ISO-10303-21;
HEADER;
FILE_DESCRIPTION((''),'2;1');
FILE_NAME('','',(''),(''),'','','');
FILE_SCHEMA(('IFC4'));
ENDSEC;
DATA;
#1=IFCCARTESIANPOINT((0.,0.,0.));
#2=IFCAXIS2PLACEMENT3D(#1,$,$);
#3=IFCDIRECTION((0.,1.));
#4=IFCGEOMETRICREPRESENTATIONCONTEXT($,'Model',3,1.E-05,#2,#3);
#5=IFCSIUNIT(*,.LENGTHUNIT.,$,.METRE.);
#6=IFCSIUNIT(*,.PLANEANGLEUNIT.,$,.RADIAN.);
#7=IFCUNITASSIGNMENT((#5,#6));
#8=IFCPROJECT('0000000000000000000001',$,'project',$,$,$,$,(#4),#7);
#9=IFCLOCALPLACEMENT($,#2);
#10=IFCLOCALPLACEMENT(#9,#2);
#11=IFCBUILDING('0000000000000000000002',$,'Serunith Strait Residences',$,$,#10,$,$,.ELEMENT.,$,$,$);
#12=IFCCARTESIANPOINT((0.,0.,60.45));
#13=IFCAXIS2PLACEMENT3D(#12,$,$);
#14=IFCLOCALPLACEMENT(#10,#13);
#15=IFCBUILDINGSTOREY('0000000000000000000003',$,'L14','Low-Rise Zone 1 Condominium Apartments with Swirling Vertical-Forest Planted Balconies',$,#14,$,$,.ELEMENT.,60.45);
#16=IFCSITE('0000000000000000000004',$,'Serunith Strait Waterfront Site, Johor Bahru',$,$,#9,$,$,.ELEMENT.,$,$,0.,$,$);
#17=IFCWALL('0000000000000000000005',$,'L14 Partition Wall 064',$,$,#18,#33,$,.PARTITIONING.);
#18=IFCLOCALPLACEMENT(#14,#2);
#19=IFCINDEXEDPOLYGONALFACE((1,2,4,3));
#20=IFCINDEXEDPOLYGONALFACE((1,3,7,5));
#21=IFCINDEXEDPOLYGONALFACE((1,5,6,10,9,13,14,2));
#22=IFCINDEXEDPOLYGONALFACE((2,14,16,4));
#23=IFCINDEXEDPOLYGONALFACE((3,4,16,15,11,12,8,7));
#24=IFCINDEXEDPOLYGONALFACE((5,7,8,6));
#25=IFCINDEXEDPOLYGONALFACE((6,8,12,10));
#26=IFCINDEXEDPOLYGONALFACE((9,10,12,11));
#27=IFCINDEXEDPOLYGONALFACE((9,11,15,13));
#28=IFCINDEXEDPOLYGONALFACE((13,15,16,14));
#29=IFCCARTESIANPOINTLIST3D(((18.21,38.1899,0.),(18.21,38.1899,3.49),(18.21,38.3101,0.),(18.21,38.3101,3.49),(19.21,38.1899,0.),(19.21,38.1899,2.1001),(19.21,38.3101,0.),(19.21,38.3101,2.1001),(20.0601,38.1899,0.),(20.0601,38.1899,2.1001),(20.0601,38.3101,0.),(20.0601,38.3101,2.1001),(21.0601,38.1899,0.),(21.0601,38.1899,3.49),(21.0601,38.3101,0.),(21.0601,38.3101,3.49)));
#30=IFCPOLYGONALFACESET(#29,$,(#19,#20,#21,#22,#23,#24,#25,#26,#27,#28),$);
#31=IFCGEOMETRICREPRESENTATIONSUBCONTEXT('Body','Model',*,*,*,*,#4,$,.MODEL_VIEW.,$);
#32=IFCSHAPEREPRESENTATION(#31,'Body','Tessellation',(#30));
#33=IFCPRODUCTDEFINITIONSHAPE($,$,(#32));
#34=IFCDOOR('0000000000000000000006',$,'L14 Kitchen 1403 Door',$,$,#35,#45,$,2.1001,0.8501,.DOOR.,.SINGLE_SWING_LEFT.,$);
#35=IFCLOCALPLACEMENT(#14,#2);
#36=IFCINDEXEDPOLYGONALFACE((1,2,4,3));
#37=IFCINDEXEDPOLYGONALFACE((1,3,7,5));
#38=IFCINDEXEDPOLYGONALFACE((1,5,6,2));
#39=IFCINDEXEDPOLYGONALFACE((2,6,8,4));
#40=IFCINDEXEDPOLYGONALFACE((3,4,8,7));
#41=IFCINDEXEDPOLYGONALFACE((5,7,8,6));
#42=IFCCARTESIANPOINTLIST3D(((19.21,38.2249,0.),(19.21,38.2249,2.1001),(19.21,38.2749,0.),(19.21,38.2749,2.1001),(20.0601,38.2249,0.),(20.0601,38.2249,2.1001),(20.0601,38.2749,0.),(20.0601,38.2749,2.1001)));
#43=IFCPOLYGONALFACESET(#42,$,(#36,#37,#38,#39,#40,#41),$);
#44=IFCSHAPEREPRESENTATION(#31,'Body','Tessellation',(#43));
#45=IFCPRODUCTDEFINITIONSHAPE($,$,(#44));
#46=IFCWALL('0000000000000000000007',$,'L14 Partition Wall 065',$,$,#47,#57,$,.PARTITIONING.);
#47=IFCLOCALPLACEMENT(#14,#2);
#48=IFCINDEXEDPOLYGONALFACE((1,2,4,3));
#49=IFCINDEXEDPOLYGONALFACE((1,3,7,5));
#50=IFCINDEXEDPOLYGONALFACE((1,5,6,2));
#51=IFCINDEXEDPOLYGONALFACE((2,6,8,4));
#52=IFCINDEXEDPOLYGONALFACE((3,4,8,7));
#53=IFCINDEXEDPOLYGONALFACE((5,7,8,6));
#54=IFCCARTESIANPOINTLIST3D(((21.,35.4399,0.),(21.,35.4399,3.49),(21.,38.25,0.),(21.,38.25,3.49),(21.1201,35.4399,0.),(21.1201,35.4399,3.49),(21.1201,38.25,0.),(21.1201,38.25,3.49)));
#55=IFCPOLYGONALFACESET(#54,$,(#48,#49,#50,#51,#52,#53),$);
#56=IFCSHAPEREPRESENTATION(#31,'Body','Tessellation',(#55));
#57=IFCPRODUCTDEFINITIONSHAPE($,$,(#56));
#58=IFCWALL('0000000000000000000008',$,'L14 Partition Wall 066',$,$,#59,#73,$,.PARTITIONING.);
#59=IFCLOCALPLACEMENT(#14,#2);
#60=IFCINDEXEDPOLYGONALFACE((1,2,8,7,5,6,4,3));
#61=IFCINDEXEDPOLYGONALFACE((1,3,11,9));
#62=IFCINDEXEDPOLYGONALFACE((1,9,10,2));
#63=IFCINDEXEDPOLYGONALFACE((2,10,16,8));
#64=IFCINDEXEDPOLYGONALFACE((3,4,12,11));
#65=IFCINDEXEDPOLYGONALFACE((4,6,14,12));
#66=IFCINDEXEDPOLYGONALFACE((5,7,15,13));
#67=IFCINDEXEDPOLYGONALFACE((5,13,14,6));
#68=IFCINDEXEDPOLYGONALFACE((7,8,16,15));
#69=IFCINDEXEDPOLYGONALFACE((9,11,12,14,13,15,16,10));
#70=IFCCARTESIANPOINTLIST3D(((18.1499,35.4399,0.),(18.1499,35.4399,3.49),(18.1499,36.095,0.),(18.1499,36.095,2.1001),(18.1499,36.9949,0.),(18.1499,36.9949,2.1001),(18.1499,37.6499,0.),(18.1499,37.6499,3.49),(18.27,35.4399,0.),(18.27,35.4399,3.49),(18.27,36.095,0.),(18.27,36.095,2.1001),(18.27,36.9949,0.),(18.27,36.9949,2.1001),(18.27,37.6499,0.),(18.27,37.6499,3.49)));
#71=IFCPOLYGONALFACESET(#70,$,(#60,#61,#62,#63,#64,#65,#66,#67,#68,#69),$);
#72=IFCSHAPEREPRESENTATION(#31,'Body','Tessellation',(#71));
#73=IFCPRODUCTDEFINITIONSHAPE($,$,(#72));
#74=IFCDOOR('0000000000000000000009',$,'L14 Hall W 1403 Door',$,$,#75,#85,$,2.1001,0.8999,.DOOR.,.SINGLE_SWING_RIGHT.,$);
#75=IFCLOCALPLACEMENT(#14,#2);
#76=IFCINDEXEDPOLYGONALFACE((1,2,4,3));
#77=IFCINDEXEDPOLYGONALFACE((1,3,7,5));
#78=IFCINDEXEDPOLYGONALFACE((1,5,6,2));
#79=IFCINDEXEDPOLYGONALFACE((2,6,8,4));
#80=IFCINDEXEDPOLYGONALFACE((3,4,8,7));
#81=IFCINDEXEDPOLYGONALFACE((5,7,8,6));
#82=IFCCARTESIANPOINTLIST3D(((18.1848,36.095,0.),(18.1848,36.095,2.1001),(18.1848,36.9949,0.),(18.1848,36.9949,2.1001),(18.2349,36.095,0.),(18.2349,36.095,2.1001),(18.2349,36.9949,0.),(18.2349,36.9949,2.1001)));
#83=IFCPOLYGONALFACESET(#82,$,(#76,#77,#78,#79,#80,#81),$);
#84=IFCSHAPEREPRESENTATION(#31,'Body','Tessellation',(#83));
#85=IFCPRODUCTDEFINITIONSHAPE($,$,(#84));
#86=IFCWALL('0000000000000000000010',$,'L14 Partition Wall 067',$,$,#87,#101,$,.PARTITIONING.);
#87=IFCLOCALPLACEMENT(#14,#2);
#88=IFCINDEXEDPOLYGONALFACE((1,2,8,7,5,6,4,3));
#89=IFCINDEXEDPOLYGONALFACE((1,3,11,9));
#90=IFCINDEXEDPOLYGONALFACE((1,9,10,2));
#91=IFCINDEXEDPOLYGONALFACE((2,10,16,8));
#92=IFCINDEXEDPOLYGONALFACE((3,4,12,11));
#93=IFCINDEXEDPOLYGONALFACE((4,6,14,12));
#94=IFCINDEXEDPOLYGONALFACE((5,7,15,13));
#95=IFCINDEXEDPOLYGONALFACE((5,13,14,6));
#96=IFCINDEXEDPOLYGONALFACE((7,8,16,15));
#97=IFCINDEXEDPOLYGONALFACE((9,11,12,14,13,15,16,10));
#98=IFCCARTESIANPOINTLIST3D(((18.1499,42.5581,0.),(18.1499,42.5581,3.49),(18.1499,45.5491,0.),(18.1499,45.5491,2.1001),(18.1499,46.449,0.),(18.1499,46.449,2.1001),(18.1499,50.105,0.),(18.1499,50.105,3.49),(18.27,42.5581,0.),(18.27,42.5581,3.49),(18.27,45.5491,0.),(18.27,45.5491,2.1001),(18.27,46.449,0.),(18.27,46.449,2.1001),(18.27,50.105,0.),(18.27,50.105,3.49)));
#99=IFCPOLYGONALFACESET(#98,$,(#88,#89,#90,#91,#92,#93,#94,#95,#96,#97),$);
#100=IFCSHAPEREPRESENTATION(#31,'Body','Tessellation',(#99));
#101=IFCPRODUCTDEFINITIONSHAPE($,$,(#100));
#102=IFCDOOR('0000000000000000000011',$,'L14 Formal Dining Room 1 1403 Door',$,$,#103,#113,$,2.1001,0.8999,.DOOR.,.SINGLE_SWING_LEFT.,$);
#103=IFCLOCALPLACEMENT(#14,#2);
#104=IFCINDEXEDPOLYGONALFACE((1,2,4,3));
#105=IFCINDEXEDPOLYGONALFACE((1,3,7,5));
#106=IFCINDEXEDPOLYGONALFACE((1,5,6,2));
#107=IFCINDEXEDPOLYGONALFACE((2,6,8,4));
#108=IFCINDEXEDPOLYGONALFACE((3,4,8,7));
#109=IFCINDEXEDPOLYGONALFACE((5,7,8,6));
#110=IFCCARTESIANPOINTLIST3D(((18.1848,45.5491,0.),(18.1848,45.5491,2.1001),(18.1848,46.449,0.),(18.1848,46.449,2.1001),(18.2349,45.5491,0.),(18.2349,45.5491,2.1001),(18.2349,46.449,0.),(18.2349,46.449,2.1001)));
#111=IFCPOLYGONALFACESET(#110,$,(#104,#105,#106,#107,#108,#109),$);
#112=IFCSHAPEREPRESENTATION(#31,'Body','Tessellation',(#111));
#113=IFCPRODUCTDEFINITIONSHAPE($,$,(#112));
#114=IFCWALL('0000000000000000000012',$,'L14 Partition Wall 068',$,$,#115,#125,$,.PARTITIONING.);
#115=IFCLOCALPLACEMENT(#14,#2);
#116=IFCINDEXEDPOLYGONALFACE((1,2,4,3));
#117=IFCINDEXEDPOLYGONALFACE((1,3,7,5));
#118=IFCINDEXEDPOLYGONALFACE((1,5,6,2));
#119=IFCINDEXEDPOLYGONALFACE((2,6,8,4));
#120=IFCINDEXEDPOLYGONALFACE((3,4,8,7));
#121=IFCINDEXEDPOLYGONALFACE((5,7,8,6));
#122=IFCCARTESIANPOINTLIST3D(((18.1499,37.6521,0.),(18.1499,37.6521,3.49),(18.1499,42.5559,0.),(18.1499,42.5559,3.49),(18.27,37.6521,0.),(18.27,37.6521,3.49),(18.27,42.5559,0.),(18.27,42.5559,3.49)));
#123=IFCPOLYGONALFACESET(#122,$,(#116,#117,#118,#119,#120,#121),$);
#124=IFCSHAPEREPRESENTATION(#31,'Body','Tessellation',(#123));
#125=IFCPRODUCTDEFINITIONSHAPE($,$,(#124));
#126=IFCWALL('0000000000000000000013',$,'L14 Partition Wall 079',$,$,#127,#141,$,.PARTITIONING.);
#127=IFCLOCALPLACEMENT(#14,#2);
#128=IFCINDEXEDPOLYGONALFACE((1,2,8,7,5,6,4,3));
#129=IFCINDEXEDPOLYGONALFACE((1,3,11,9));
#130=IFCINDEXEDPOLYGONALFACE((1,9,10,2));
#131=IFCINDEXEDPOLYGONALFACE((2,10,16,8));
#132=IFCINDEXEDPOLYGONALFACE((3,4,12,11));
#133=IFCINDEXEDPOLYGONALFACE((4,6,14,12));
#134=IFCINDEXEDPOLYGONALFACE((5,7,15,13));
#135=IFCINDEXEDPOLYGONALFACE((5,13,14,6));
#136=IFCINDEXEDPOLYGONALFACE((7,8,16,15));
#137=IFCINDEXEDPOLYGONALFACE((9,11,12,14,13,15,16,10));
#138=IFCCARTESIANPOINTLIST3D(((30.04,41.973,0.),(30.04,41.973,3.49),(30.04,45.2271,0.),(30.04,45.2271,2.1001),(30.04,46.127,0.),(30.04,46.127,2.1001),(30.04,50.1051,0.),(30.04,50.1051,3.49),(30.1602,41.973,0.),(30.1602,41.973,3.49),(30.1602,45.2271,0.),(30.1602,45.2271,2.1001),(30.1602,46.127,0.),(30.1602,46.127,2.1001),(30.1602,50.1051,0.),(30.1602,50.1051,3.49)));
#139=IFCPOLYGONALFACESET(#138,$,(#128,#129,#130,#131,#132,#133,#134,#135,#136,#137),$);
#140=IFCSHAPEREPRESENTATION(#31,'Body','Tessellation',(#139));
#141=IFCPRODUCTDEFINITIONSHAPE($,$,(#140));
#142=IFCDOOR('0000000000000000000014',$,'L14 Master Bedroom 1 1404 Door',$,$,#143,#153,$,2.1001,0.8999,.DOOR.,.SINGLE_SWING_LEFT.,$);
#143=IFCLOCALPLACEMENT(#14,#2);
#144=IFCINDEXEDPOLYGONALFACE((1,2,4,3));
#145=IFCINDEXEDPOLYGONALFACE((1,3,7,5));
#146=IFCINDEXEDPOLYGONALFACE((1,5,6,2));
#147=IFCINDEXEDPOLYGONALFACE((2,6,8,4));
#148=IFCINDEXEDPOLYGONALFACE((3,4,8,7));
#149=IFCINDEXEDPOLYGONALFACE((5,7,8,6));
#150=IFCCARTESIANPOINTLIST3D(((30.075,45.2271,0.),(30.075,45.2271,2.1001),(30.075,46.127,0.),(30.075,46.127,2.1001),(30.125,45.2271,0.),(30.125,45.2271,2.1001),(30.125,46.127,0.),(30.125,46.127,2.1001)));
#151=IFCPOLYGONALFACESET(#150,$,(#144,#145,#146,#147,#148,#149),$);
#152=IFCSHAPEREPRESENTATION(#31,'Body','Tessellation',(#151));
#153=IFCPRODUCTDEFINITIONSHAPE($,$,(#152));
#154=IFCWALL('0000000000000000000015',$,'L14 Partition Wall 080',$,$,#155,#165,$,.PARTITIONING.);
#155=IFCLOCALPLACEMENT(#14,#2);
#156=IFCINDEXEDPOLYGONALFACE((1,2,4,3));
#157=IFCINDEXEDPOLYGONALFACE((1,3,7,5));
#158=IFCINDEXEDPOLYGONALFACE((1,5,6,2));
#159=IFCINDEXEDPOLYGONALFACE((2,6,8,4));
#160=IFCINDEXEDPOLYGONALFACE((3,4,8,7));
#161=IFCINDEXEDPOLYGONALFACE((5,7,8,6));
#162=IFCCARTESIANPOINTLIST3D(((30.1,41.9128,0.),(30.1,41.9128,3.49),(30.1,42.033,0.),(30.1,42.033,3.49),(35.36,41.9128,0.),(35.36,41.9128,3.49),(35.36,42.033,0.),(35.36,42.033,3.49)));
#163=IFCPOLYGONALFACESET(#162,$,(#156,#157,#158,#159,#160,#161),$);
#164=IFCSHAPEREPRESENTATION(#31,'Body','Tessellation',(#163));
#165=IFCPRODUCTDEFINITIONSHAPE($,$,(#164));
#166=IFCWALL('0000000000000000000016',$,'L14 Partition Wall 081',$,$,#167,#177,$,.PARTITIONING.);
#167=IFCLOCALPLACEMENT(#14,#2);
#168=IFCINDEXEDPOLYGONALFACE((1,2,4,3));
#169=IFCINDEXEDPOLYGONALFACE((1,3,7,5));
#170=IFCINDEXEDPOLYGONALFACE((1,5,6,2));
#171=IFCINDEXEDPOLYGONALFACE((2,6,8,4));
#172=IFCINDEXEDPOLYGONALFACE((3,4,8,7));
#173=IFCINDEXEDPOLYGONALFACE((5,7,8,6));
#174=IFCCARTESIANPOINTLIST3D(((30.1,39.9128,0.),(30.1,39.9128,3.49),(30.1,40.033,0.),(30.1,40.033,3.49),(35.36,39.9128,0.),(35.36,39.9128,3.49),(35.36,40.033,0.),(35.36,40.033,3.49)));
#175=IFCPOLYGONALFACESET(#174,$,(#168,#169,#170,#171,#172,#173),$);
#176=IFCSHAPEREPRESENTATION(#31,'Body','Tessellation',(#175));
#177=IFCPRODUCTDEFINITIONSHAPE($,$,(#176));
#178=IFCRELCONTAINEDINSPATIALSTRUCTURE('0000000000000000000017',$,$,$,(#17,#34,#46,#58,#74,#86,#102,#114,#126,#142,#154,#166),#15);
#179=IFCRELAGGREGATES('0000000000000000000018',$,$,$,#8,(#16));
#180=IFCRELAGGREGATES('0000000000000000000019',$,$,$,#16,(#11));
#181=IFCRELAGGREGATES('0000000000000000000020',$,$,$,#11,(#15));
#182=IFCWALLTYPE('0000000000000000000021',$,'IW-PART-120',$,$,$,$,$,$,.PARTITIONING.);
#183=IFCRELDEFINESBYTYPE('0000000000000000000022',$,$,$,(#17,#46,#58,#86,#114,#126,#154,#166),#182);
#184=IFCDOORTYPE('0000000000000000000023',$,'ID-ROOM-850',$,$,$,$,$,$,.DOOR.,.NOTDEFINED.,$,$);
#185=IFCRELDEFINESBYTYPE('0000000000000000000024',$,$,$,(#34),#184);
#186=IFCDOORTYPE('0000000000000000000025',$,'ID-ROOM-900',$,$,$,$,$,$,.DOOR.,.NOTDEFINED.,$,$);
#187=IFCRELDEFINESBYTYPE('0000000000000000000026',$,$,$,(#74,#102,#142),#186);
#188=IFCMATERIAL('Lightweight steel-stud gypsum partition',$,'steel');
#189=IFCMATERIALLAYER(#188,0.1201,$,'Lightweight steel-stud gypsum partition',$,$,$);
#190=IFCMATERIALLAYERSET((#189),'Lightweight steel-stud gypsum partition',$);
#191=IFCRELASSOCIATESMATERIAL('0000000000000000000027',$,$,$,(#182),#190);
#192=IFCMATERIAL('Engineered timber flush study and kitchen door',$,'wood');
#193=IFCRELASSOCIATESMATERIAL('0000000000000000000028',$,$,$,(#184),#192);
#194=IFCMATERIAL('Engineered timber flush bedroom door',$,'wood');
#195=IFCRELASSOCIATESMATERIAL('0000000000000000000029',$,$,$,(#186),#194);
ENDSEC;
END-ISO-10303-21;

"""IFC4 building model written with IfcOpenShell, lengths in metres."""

from ifc_helpers import new_model, si_unit, direction, frame, frame_2d, origin, place, context, subcontext, project, spatial, rectangle, extrude, source, transform, mapped, material, layer, layer_set, type_object, element, fill, save


model = new_model("IFC4")

# Units and contexts
model_context = context("Model", 3, precision=1e-05, world=origin(), true_north=direction((0.0, 1.0)))
body_context = subcontext(model_context, "Body", "Model", "MODEL_VIEW")
ifc_project = project(units=[si_unit("LENGTHUNIT", "METRE"), si_unit("PLANEANGLEUNIT", "RADIAN")], contexts=[model_context])

# Site, building, storey
site_placement = place(None, origin())
site = spatial("IfcSite", under=ifc_project, at=site_placement, Name="Serunith Strait Waterfront Site, Johor Bahru", CompositionType="ELEMENT", RefElevation=0.0)
building_placement = place(site_placement, origin())
building = spatial("IfcBuilding", under=site, at=building_placement, Name="Serunith Strait Residences", CompositionType="ELEMENT")
storey_placement = place(building_placement, frame((0.0, 0.0, 60.45)))
storey = spatial("IfcBuildingStorey", under=building, at=storey_placement, Name="L14", Description="Low-Rise Zone 1 Condominium Apartments with Swirling Vertical-Forest Planted Balconies", CompositionType="ELEMENT", Elevation=60.45)

# Wall, opening, door
ifc_material_1 = material(Name="Lightweight steel-stud gypsum partition", Category="steel")
ifc_layer_1 = layer(ifc_material_1, 0.1201, Name="Lightweight steel-stud gypsum partition")
ifc_layer_set_1 = layer_set([ifc_layer_1], Name="Lightweight steel-stud gypsum partition")
wall_type_1 = type_object("IfcWallType", Name="IW-PART-120", PredefinedType="PARTITIONING", material=ifc_layer_set_1)
wall_1_placement = place(storey_placement, frame((18.21, 38.25, 0.0), z_axis=(0.0, 0.0, 1.0), x_axis=(1.0, 0.0, 0.0)))
wall_1 = element("IfcWall", 1, at=wall_1_placement, inside=storey, type_object=wall_type_1, Name="L14 Partition Wall 064", PredefinedType="PARTITIONING", context=body_context, shape_type="SweptSolid", body=[
    extrude(rectangle(XDim=2.8501, YDim=0.1201, at=frame_2d((1.425, 0.0))), origin(), (0.0, 0.0, 1.0), 3.49),
])
opening_1_placement = place(wall_1_placement, frame((1.0, 0.0, 0.0)))
opening_1 = element("IfcOpeningElement", 2, at=opening_1_placement, cuts=wall_1, PredefinedType="OPENING", context=body_context, shape_type="SweptSolid", body=[
    extrude(rectangle(XDim=0.8501, YDim=2.1001, at=frame_2d((0.425, 1.05))), frame((0.0, 0.0701, 0.0), z_axis=(0.0, -1.0, 0.0), x_axis=(1.0, 0.0, 0.0)), (0.0, 0.0, 1.0), 0.1401),
])
ifc_material_2 = material(Name="Engineered timber flush study and kitchen door", Category="wood")
door_type_1 = type_object("IfcDoorType", Name="ID-ROOM-850", OperationType="NOTDEFINED", PredefinedType="DOOR", material=ifc_material_2)
shared_shape_1 = source(origin(), body_context, "Body", "SweptSolid", [
    extrude(rectangle(XDim=0.8501, YDim=2.1001, at=frame_2d((0.425, 1.05))), frame((0.0, 0.0249, 0.0), z_axis=(0.0, -1.0, 0.0), x_axis=(1.0, 0.0, 0.0)), (0.0, 0.0, 1.0), 0.05),
])
door_1_placement = place(opening_1_placement, origin())
door_1 = element("IfcDoor", 3, at=door_1_placement, inside=storey, type_object=door_type_1, Name="L14 Kitchen 1403 Door", OperationType="SINGLE_SWING_LEFT", OverallHeight=2.1001, OverallWidth=0.8501, PredefinedType="DOOR", context=body_context, shape_type="MappedRepresentation", body=[
    mapped(shared_shape_1, transform((0.0, 0.0, 0.0), scale=1.0)),
])
fill(opening_1, door_1)

# Wall
wall_2_placement = place(storey_placement, frame((21.0601, 38.25, 0.0), z_axis=(0.0, 0.0, 1.0), x_axis=(0.0, -1.0, 0.0)))
element("IfcWall", 4, at=wall_2_placement, inside=storey, type_object=wall_type_1, Name="L14 Partition Wall 065", PredefinedType="PARTITIONING", context=body_context, shape_type="SweptSolid", body=[
    extrude(rectangle(XDim=2.8101, YDim=0.1201, at=frame_2d((1.405, 0.0))), origin(), (0.0, 0.0, 1.0), 3.49),
])

# Walls, openings, doors
wall_3_placement = place(storey_placement, frame((18.21, 37.6499, 0.0), z_axis=(0.0, 0.0, 1.0), x_axis=(0.0, -1.0, 0.0)))
wall_3 = element("IfcWall", 5, at=wall_3_placement, inside=storey, type_object=wall_type_1, Name="L14 Partition Wall 066", PredefinedType="PARTITIONING", context=body_context, shape_type="SweptSolid", body=[
    extrude(rectangle(XDim=2.21, YDim=0.1201, at=frame_2d((1.105, 0.0))), origin(), (0.0, 0.0, 1.0), 3.49),
])
opening_2_placement = place(wall_3_placement, frame((0.655, 0.0, 0.0)))
opening_2 = element("IfcOpeningElement", 6, at=opening_2_placement, cuts=wall_3, PredefinedType="OPENING", context=body_context, shape_type="SweptSolid", body=[
    extrude(rectangle(XDim=0.8999, YDim=2.1001, at=frame_2d((0.45, 1.05))), frame((0.0, 0.0701, 0.0), z_axis=(0.0, -1.0, 0.0), x_axis=(1.0, 0.0, 0.0)), (0.0, 0.0, 1.0), 0.1401),
])
ifc_material_3 = material(Name="Engineered timber flush bedroom door", Category="wood")
door_type_2 = type_object("IfcDoorType", Name="ID-ROOM-900", OperationType="NOTDEFINED", PredefinedType="DOOR", material=ifc_material_3)
shared_shape_2 = source(origin(), body_context, "Body", "SweptSolid", [
    extrude(rectangle(XDim=0.8999, YDim=2.1001, at=frame_2d((0.45, 1.05))), frame((0.0, 0.0249, 0.0), z_axis=(0.0, -1.0, 0.0), x_axis=(1.0, 0.0, 0.0)), (0.0, 0.0, 1.0), 0.05),
])
door_2_placement = place(opening_2_placement, origin())
door_2 = element("IfcDoor", 7, at=door_2_placement, inside=storey, type_object=door_type_2, Name="L14 Hall W 1403 Door", OperationType="SINGLE_SWING_RIGHT", OverallHeight=2.1001, OverallWidth=0.8999, PredefinedType="DOOR", context=body_context, shape_type="MappedRepresentation", body=[
    mapped(shared_shape_2, transform((0.0, 0.0, 0.0), scale=1.0)),
])
fill(opening_2, door_2)
wall_4_placement = place(storey_placement, frame((18.21, 50.105, 0.0), z_axis=(0.0, 0.0, 1.0), x_axis=(0.0, -1.0, 0.0)))
wall_4 = element("IfcWall", 8, at=wall_4_placement, inside=storey, type_object=wall_type_1, Name="L14 Partition Wall 067", PredefinedType="PARTITIONING", context=body_context, shape_type="SweptSolid", body=[
    extrude(rectangle(XDim=7.5469, YDim=0.1201, at=frame_2d((3.7734, 0.0))), origin(), (0.0, 0.0, 1.0), 3.49),
])
opening_3_placement = place(wall_4_placement, frame((3.656, 0.0, 0.0)))
opening_3 = element("IfcOpeningElement", 9, at=opening_3_placement, cuts=wall_4, PredefinedType="OPENING", context=body_context, shape_type="SweptSolid", body=[
    extrude(rectangle(XDim=0.8999, YDim=2.1001, at=frame_2d((0.45, 1.05))), frame((0.0, 0.0701, 0.0), z_axis=(0.0, -1.0, 0.0), x_axis=(1.0, 0.0, 0.0)), (0.0, 0.0, 1.0), 0.1401),
])
door_3_placement = place(opening_3_placement, origin())
door_3 = element("IfcDoor", 10, at=door_3_placement, inside=storey, type_object=door_type_2, Name="L14 Formal Dining Room 1 1403 Door", OperationType="SINGLE_SWING_LEFT", OverallHeight=2.1001, OverallWidth=0.8999, PredefinedType="DOOR", context=body_context, shape_type="MappedRepresentation", body=[
    mapped(shared_shape_2, transform((0.0, 0.0, 0.0), scale=1.0)),
])
fill(opening_3, door_3)

# Wall
wall_5_placement = place(storey_placement, frame((18.21, 42.5559, 0.0), z_axis=(0.0, 0.0, 1.0), x_axis=(0.0, -1.0, 0.0)))
element("IfcWall", 11, at=wall_5_placement, inside=storey, type_object=wall_type_1, Name="L14 Partition Wall 068", PredefinedType="PARTITIONING", context=body_context, shape_type="SweptSolid", body=[
    extrude(rectangle(XDim=4.9038, YDim=0.1201, at=frame_2d((2.4519, 0.0))), origin(), (0.0, 0.0, 1.0), 3.49),
])

# Wall, opening, door
wall_6_placement = place(storey_placement, frame((30.1001, 50.105, 0.0), z_axis=(0.0, 0.0, 1.0), x_axis=(0.0, -1.0, 0.0)))
wall_6 = element("IfcWall", 12, at=wall_6_placement, inside=storey, type_object=wall_type_1, Name="L14 Partition Wall 079", PredefinedType="PARTITIONING", context=body_context, shape_type="SweptSolid", body=[
    extrude(rectangle(XDim=8.1321, YDim=0.1201, at=frame_2d((4.0659, 0.0))), origin(), (0.0, 0.0, 1.0), 3.49),
])
opening_4_placement = place(wall_6_placement, frame((3.978, 0.0, 0.0)))
opening_4 = element("IfcOpeningElement", 13, at=opening_4_placement, cuts=wall_6, PredefinedType="OPENING", context=body_context, shape_type="SweptSolid", body=[
    extrude(rectangle(XDim=0.8999, YDim=2.1001, at=frame_2d((0.45, 1.05))), frame((0.0, 0.0701, 0.0), z_axis=(0.0, -1.0, 0.0), x_axis=(1.0, 0.0, 0.0)), (0.0, 0.0, 1.0), 0.1401),
])
door_4_placement = place(opening_4_placement, origin())
door_4 = element("IfcDoor", 14, at=door_4_placement, inside=storey, type_object=door_type_2, Name="L14 Master Bedroom 1 1404 Door", OperationType="SINGLE_SWING_LEFT", OverallHeight=2.1001, OverallWidth=0.8999, PredefinedType="DOOR", context=body_context, shape_type="MappedRepresentation", body=[
    mapped(shared_shape_2, transform((0.0, 0.0, 0.0), scale=1.0)),
])
fill(opening_4, door_4)

# Walls
for number, where, z_axis, x_axis, name in (
    (15, (30.1001, 41.9729, 0.0), (0.0, 0.0, 1.0), (1.0, 0.0, 0.0), "L14 Partition Wall 080"),
    (16, (30.1001, 39.9729, 0.0), (0.0, 0.0, 1.0), (1.0, 0.0, 0.0), "L14 Partition Wall 081"),
):
    element("IfcWall", number, at=place(storey_placement, frame(where, z_axis=z_axis, x_axis=x_axis)), inside=storey, type_object=wall_type_1, Name=name, PredefinedType="PARTITIONING", context=body_context, shape_type="SweptSolid", body=[
        extrude(rectangle(XDim=5.26, YDim=0.1201, at=frame_2d((2.6299, 0.0))), origin(), (0.0, 0.0, 1.0), 3.49),
    ])

save(model, "model.ifc")
